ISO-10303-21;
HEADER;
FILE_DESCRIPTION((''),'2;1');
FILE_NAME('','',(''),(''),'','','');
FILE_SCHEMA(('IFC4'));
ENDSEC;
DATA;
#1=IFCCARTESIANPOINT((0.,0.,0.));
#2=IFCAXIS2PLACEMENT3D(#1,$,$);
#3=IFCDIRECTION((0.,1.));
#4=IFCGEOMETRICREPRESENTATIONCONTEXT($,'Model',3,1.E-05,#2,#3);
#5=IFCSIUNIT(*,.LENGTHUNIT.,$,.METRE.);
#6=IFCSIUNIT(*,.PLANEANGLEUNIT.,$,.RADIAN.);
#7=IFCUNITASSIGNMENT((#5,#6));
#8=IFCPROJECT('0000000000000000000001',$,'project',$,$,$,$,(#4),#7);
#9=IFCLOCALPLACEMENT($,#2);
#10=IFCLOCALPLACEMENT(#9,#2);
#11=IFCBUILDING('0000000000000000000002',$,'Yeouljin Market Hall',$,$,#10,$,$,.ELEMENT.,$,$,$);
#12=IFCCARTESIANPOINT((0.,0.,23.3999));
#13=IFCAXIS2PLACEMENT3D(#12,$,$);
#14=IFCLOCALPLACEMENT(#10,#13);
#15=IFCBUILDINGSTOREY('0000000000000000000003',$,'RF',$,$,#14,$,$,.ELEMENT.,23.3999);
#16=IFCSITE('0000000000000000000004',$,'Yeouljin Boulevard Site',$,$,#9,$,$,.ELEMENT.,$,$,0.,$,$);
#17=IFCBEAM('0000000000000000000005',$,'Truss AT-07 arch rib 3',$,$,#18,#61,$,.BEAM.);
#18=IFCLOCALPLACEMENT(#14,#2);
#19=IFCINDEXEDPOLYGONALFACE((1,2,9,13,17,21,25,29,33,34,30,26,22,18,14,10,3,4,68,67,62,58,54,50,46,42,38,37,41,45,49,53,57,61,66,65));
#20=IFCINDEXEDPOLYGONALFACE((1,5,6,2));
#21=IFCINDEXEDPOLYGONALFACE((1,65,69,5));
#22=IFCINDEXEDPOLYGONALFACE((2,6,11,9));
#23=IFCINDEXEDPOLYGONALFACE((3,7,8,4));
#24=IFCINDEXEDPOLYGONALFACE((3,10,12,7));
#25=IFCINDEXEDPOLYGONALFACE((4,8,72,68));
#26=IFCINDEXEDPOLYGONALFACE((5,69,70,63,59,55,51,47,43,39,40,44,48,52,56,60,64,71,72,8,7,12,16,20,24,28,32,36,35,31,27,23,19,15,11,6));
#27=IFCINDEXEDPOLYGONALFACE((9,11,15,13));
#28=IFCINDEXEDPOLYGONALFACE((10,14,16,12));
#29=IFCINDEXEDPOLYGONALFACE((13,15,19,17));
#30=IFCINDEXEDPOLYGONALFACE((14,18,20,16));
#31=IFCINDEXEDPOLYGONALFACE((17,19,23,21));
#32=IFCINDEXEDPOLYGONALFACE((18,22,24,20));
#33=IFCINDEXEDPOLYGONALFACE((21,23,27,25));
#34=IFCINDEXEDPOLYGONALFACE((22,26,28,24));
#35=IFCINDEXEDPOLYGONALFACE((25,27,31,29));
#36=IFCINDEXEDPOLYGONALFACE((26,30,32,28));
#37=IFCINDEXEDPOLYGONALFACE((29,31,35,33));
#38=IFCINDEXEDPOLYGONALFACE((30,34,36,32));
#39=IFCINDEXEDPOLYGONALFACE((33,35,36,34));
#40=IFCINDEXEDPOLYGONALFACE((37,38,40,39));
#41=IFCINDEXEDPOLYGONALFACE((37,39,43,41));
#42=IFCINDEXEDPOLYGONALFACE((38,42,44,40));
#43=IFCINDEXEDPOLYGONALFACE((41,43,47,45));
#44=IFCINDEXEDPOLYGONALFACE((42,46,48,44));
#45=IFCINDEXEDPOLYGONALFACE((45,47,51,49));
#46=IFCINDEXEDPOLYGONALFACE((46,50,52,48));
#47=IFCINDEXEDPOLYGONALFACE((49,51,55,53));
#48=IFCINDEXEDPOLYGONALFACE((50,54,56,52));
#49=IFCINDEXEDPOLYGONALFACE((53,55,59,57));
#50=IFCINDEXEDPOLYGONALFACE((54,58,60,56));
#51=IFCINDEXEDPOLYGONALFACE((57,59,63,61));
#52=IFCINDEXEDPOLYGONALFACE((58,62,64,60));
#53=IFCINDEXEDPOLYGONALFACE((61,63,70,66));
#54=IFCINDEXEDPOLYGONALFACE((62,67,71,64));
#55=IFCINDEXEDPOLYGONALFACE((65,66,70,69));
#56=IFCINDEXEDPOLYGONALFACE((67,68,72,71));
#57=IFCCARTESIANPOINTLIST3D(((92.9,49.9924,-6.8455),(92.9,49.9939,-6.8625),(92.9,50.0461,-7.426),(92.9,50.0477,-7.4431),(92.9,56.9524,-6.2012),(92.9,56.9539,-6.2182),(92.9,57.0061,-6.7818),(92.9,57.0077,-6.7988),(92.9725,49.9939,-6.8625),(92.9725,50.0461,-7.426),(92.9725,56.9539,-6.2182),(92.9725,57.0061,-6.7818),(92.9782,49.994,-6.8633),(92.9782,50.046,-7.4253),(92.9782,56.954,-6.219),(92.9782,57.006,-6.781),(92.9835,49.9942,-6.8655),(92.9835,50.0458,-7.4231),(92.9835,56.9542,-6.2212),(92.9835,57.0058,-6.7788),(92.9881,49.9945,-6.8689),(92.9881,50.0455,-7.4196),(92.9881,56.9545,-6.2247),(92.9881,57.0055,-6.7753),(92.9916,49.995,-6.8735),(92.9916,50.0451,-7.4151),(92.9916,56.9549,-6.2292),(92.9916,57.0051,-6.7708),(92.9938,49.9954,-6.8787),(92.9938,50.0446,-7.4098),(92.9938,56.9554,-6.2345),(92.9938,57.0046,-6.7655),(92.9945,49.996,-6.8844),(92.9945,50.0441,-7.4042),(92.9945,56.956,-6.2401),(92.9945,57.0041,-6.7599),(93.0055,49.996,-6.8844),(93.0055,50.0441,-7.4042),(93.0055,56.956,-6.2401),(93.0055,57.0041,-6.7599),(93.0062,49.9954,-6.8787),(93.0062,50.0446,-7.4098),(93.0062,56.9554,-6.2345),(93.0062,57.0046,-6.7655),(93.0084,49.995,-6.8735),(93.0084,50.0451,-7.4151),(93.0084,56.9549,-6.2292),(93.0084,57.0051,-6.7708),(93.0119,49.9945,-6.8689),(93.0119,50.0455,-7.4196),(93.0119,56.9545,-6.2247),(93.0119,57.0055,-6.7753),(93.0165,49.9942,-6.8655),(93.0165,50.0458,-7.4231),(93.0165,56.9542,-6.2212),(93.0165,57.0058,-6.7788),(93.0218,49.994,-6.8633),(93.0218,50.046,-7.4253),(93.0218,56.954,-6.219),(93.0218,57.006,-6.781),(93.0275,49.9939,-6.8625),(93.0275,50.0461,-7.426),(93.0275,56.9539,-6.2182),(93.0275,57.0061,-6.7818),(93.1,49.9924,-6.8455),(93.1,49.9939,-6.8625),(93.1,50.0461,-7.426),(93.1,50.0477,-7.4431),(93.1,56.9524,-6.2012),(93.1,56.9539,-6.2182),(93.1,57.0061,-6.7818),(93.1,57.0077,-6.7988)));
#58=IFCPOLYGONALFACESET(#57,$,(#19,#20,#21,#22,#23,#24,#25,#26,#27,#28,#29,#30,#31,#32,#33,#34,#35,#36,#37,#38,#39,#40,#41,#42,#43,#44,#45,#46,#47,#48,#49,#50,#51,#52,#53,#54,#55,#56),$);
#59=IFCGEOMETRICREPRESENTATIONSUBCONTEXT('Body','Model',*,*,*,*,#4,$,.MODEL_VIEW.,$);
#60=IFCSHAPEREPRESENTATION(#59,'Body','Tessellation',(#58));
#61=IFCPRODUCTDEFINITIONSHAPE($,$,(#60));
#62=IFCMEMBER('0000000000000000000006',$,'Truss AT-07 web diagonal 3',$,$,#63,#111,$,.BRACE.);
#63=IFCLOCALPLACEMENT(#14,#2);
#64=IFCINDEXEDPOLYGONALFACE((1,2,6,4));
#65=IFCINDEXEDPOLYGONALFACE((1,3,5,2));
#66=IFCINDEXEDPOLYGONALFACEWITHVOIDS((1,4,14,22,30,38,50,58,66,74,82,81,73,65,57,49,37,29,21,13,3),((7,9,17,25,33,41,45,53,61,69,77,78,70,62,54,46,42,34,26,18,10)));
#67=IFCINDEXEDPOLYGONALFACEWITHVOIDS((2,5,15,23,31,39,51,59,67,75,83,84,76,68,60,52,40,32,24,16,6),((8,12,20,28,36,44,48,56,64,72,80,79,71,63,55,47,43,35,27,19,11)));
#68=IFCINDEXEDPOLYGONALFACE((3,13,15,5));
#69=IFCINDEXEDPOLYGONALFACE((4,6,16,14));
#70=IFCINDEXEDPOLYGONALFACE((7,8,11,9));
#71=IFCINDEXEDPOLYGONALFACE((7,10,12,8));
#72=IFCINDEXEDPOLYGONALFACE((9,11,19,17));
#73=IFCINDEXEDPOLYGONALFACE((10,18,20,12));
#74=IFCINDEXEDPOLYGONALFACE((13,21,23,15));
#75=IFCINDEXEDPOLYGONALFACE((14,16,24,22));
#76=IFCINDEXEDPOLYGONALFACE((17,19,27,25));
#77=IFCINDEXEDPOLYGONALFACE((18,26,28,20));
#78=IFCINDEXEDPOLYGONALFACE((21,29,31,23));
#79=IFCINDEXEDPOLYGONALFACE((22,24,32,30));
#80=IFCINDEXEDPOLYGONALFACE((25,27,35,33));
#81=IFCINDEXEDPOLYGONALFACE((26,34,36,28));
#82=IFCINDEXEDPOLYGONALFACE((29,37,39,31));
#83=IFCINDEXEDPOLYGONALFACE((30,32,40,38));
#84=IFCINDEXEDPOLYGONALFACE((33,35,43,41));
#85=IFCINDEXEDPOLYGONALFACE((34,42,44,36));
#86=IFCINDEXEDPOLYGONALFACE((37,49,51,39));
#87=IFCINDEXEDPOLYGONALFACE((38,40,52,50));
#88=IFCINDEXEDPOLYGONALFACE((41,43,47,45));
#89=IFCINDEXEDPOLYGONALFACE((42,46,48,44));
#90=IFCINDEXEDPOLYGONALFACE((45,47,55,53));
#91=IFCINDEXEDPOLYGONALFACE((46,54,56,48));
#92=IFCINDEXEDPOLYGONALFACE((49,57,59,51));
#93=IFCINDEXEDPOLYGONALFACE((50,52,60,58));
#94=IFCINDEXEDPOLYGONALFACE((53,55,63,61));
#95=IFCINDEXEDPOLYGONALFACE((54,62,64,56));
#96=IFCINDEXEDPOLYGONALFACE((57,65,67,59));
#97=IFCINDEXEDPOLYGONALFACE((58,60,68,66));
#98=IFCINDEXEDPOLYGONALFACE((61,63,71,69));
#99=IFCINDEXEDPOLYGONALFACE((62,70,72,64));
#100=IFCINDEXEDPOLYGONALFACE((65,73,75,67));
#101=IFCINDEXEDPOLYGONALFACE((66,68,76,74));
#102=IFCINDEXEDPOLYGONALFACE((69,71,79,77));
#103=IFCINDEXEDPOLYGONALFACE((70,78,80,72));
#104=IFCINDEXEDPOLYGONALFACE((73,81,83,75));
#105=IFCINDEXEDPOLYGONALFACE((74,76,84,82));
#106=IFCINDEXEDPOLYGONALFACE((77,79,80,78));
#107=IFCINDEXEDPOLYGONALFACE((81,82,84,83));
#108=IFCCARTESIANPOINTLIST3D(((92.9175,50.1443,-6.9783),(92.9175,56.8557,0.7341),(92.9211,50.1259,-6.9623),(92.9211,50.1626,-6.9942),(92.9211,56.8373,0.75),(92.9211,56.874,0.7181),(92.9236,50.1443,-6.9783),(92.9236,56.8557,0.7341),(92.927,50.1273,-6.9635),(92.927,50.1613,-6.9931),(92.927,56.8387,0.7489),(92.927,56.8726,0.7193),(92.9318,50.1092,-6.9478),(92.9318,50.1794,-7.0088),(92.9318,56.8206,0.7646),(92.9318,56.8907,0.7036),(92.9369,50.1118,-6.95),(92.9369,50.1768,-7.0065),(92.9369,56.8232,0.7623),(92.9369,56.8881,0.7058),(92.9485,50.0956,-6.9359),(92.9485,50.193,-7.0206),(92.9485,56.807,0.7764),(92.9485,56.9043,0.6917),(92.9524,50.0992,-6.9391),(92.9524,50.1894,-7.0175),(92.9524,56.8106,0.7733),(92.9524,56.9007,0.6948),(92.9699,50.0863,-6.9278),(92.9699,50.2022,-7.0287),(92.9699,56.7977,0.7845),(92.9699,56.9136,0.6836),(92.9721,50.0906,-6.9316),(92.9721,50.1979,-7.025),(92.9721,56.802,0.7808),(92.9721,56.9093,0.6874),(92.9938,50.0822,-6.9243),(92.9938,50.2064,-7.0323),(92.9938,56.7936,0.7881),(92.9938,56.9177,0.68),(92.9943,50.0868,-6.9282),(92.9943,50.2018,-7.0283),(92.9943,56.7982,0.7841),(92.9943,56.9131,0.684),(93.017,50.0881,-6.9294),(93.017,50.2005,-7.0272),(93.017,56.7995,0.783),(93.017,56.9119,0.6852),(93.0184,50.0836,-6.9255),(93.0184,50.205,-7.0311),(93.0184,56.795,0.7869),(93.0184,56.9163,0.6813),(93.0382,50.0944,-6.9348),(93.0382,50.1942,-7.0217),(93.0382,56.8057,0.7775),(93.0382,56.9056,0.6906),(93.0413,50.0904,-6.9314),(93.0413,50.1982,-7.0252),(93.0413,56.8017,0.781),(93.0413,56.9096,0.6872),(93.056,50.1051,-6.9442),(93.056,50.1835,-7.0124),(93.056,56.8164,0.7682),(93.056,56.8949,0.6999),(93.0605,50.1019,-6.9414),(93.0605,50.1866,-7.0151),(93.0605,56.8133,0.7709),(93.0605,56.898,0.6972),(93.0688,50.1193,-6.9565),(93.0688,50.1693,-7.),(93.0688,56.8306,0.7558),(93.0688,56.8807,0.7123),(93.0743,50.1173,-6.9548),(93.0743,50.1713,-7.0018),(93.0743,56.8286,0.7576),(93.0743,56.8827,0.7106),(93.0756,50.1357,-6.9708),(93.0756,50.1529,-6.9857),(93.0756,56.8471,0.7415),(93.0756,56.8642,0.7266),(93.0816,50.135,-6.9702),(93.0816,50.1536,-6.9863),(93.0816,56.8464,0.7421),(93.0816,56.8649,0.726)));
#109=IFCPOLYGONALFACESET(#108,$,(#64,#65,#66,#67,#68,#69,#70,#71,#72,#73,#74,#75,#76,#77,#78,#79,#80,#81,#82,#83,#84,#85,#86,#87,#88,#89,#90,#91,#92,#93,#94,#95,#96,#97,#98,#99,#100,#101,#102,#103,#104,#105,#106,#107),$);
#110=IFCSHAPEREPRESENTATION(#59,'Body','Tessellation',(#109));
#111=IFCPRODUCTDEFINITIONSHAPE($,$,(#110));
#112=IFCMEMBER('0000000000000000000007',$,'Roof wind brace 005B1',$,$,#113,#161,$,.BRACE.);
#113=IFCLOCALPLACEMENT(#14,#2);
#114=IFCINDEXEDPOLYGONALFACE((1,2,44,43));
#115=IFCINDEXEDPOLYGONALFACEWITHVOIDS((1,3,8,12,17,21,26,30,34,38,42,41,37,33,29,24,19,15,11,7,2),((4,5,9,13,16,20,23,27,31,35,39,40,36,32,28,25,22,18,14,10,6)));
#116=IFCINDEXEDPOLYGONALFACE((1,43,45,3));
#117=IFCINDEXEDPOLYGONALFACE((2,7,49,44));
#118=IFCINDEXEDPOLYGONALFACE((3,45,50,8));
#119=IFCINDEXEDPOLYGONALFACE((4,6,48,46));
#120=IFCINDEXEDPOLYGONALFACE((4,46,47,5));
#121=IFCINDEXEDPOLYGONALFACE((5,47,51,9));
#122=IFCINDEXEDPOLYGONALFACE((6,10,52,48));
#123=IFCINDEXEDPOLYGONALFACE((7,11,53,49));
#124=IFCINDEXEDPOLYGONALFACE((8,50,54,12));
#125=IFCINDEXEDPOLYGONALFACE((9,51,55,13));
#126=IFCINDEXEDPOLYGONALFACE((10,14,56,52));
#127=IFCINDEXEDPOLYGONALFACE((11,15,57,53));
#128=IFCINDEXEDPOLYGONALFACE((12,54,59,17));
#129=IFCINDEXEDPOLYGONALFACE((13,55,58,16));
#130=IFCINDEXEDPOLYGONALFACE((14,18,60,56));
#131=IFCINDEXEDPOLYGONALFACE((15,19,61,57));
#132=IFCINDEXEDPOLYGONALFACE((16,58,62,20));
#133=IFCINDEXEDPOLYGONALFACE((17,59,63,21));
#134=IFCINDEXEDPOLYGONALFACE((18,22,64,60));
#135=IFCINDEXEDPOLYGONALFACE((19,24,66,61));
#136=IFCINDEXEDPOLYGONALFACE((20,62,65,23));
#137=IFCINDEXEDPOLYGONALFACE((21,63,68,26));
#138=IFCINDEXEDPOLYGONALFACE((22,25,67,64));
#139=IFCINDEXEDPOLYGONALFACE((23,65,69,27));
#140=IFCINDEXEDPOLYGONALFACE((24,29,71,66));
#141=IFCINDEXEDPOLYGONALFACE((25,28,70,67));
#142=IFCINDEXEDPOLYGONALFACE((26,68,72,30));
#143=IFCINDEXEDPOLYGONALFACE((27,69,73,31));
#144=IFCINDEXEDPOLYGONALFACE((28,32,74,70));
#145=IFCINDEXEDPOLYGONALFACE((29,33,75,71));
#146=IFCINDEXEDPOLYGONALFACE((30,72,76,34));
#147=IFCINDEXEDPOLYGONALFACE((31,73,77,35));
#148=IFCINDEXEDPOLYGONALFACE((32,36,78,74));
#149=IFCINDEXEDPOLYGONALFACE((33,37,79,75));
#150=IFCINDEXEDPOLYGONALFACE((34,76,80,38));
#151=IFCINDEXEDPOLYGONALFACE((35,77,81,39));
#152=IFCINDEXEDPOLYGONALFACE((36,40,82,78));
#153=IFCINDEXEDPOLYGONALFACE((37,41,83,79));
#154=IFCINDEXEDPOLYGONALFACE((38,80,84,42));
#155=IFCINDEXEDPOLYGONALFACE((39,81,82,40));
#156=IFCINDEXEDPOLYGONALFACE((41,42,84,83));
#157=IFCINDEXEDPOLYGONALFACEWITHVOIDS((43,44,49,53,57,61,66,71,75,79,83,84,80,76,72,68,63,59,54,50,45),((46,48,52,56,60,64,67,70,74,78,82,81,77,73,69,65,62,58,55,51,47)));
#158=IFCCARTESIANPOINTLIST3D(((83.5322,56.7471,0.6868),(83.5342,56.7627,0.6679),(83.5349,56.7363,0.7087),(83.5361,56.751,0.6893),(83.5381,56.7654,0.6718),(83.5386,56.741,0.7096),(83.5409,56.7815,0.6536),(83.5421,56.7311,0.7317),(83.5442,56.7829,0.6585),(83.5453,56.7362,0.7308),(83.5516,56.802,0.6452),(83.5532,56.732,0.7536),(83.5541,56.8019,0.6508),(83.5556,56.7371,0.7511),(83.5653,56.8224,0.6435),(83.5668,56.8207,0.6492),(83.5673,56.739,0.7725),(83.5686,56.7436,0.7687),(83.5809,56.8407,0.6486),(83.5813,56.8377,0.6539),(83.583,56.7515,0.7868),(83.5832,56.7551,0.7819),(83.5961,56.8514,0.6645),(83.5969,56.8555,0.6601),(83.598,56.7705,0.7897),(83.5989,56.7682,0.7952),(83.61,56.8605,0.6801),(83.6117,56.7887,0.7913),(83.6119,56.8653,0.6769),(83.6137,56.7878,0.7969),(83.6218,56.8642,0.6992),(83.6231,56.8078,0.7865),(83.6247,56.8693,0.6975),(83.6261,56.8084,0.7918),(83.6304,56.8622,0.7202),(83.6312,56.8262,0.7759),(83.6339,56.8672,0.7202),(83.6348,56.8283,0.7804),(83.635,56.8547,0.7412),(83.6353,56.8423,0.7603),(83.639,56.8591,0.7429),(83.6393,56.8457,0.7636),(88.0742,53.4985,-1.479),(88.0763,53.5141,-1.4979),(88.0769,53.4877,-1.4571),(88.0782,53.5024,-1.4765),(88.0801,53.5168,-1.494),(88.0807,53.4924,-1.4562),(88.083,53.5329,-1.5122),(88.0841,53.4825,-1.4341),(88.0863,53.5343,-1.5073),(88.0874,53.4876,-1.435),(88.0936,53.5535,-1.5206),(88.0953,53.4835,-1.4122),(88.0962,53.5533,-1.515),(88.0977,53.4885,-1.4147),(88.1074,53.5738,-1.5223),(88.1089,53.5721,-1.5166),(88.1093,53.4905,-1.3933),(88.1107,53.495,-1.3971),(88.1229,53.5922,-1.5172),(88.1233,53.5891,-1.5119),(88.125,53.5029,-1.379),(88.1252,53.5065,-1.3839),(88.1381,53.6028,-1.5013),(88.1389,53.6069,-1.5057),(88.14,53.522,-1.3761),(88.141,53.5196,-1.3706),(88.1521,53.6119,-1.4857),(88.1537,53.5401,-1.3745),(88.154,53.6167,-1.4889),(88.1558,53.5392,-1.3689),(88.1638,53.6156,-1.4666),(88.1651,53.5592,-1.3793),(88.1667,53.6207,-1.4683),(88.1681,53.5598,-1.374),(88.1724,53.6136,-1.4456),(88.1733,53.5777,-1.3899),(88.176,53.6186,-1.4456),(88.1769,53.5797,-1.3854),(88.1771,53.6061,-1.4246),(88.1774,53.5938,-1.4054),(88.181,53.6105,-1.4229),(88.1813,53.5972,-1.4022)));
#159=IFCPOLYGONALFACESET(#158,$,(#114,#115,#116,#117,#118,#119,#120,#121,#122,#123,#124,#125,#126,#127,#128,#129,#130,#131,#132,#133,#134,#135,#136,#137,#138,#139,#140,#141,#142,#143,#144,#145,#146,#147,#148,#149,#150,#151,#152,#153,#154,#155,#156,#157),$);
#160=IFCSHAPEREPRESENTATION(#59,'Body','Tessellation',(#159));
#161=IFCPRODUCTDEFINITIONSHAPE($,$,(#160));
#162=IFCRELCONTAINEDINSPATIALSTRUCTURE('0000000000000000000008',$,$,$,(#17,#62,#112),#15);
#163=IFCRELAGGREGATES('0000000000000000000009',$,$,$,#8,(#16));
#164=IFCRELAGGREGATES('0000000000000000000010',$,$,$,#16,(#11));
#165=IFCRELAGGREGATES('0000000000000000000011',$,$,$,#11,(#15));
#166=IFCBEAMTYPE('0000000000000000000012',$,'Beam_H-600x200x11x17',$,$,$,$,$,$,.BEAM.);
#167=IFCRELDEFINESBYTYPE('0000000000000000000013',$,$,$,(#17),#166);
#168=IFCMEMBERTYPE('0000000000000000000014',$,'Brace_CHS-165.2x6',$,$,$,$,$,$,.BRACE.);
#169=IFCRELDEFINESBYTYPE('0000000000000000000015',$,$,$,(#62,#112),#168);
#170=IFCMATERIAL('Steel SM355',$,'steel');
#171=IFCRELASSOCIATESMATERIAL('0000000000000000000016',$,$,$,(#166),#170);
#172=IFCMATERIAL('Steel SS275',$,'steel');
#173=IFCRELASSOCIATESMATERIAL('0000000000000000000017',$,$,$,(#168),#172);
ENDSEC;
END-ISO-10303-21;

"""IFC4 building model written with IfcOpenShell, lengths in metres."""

from ifc_helpers import new_model, si_unit, direction, frame, origin, origin_2d, place, context, subcontext, project, spatial, hollow_circle, i_section, extrude, material, material_profile, profile_set, type_object, element, save


model = new_model("IFC4")

# Units and contexts
model_context = context("Model", 3, precision=1e-05, world=origin(), true_north=direction((0.0, 1.0)))
body_context = subcontext(model_context, "Body", "Model", "MODEL_VIEW")
ifc_project = project(units=[si_unit("LENGTHUNIT", "METRE"), si_unit("PLANEANGLEUNIT", "RADIAN")], contexts=[model_context])

# Site, building, storey
site_placement = place(None, origin())
site = spatial("IfcSite", under=ifc_project, at=site_placement, Name="Yeouljin Boulevard Site", CompositionType="ELEMENT", RefElevation=0.0)
building_placement = place(site_placement, origin())
building = spatial("IfcBuilding", under=site, at=building_placement, Name="Yeouljin Market Hall", CompositionType="ELEMENT")
storey_placement = place(building_placement, frame((0.0, 0.0, 23.3999)))
storey = spatial("IfcBuildingStorey", under=building, at=storey_placement, Name="RF", CompositionType="ELEMENT", Elevation=23.3999)

# Beam
ifc_material_1 = material(Name="Steel SM355", Category="steel")
ifc_material_profile_1 = material_profile(ifc_material_1, i_section(OverallWidth=0.2, OverallDepth=0.6001, WebThickness=0.011, FlangeThickness=0.0171, FilletRadius=0.022, at=origin_2d()), Name="H-600x200x11x17")
ifc_profile_set_1 = profile_set([ifc_material_profile_1], Name="Steel SM355")
beam_type = type_object("IfcBeamType", Name="Beam_H-600x200x11x17", PredefinedType="BEAM", material=ifc_profile_set_1)
beam_placement = place(storey_placement, frame((93.0, 50.02, -7.1443), z_axis=(0.0, 0.995743, 0.092176), x_axis=(-1.0, 0.0, 0.0)))
element("IfcBeam", 1, at=beam_placement, inside=storey, type_object=beam_type, Name="Truss AT-07 arch rib 3", PredefinedType="BEAM", context=body_context, shape_type="SweptSolid", body=[
    extrude(i_section(OverallWidth=0.2, OverallDepth=0.6001, WebThickness=0.011, FlangeThickness=0.0171, FilletRadius=0.022, at=origin_2d()), origin(), (0.0, 0.0, 1.0), 6.9897),
])

# Members
ifc_material_2 = material(Name="Steel SS275", Category="steel")
ifc_material_profile_2 = material_profile(ifc_material_2, hollow_circle(Radius=0.0825, WallThickness=0.0061, at=origin_2d()), Name="CHS-165.2x6")
ifc_profile_set_2 = profile_set([ifc_material_profile_2], Name="Steel SS275")
member_type_1 = type_object("IfcMemberType", Name="Brace_CHS-165.2x6", PredefinedType="BRACE", material=ifc_profile_set_2)
member_1_placement = place(storey_placement, frame((93.0, 50.1443, -6.9783), z_axis=(0.0, 0.656457, 0.754364), x_axis=(-1.0, 0.0, 0.0)))
element("IfcMember", 2, at=member_1_placement, inside=storey, type_object=member_type_1, Name="Truss AT-07 web diagonal 3", PredefinedType="BRACE", context=body_context, shape_type="SweptSolid", body=[
    extrude(hollow_circle(Radius=0.0825, WallThickness=0.0061, at=origin_2d()), origin(), (0.0, 0.0, 1.0), 10.2236),
])
member_2_placement = place(storey_placement, frame((83.5859, 56.8, 0.7202), z_axis=(0.758335, -0.542378, -0.361599), x_axis=(0.581743, 0.813373, 0.0)))
element("IfcMember", 3, at=member_2_placement, inside=storey, type_object=member_type_1, Name="Roof wind brace 005B1", PredefinedType="BRACE", context=body_context, shape_type="SweptSolid", body=[
    extrude(hollow_circle(Radius=0.0825, WallThickness=0.0061, at=origin_2d()), origin(), (0.0, 0.0, 1.0), 5.9895),
])

save(model, "model.ifc")
